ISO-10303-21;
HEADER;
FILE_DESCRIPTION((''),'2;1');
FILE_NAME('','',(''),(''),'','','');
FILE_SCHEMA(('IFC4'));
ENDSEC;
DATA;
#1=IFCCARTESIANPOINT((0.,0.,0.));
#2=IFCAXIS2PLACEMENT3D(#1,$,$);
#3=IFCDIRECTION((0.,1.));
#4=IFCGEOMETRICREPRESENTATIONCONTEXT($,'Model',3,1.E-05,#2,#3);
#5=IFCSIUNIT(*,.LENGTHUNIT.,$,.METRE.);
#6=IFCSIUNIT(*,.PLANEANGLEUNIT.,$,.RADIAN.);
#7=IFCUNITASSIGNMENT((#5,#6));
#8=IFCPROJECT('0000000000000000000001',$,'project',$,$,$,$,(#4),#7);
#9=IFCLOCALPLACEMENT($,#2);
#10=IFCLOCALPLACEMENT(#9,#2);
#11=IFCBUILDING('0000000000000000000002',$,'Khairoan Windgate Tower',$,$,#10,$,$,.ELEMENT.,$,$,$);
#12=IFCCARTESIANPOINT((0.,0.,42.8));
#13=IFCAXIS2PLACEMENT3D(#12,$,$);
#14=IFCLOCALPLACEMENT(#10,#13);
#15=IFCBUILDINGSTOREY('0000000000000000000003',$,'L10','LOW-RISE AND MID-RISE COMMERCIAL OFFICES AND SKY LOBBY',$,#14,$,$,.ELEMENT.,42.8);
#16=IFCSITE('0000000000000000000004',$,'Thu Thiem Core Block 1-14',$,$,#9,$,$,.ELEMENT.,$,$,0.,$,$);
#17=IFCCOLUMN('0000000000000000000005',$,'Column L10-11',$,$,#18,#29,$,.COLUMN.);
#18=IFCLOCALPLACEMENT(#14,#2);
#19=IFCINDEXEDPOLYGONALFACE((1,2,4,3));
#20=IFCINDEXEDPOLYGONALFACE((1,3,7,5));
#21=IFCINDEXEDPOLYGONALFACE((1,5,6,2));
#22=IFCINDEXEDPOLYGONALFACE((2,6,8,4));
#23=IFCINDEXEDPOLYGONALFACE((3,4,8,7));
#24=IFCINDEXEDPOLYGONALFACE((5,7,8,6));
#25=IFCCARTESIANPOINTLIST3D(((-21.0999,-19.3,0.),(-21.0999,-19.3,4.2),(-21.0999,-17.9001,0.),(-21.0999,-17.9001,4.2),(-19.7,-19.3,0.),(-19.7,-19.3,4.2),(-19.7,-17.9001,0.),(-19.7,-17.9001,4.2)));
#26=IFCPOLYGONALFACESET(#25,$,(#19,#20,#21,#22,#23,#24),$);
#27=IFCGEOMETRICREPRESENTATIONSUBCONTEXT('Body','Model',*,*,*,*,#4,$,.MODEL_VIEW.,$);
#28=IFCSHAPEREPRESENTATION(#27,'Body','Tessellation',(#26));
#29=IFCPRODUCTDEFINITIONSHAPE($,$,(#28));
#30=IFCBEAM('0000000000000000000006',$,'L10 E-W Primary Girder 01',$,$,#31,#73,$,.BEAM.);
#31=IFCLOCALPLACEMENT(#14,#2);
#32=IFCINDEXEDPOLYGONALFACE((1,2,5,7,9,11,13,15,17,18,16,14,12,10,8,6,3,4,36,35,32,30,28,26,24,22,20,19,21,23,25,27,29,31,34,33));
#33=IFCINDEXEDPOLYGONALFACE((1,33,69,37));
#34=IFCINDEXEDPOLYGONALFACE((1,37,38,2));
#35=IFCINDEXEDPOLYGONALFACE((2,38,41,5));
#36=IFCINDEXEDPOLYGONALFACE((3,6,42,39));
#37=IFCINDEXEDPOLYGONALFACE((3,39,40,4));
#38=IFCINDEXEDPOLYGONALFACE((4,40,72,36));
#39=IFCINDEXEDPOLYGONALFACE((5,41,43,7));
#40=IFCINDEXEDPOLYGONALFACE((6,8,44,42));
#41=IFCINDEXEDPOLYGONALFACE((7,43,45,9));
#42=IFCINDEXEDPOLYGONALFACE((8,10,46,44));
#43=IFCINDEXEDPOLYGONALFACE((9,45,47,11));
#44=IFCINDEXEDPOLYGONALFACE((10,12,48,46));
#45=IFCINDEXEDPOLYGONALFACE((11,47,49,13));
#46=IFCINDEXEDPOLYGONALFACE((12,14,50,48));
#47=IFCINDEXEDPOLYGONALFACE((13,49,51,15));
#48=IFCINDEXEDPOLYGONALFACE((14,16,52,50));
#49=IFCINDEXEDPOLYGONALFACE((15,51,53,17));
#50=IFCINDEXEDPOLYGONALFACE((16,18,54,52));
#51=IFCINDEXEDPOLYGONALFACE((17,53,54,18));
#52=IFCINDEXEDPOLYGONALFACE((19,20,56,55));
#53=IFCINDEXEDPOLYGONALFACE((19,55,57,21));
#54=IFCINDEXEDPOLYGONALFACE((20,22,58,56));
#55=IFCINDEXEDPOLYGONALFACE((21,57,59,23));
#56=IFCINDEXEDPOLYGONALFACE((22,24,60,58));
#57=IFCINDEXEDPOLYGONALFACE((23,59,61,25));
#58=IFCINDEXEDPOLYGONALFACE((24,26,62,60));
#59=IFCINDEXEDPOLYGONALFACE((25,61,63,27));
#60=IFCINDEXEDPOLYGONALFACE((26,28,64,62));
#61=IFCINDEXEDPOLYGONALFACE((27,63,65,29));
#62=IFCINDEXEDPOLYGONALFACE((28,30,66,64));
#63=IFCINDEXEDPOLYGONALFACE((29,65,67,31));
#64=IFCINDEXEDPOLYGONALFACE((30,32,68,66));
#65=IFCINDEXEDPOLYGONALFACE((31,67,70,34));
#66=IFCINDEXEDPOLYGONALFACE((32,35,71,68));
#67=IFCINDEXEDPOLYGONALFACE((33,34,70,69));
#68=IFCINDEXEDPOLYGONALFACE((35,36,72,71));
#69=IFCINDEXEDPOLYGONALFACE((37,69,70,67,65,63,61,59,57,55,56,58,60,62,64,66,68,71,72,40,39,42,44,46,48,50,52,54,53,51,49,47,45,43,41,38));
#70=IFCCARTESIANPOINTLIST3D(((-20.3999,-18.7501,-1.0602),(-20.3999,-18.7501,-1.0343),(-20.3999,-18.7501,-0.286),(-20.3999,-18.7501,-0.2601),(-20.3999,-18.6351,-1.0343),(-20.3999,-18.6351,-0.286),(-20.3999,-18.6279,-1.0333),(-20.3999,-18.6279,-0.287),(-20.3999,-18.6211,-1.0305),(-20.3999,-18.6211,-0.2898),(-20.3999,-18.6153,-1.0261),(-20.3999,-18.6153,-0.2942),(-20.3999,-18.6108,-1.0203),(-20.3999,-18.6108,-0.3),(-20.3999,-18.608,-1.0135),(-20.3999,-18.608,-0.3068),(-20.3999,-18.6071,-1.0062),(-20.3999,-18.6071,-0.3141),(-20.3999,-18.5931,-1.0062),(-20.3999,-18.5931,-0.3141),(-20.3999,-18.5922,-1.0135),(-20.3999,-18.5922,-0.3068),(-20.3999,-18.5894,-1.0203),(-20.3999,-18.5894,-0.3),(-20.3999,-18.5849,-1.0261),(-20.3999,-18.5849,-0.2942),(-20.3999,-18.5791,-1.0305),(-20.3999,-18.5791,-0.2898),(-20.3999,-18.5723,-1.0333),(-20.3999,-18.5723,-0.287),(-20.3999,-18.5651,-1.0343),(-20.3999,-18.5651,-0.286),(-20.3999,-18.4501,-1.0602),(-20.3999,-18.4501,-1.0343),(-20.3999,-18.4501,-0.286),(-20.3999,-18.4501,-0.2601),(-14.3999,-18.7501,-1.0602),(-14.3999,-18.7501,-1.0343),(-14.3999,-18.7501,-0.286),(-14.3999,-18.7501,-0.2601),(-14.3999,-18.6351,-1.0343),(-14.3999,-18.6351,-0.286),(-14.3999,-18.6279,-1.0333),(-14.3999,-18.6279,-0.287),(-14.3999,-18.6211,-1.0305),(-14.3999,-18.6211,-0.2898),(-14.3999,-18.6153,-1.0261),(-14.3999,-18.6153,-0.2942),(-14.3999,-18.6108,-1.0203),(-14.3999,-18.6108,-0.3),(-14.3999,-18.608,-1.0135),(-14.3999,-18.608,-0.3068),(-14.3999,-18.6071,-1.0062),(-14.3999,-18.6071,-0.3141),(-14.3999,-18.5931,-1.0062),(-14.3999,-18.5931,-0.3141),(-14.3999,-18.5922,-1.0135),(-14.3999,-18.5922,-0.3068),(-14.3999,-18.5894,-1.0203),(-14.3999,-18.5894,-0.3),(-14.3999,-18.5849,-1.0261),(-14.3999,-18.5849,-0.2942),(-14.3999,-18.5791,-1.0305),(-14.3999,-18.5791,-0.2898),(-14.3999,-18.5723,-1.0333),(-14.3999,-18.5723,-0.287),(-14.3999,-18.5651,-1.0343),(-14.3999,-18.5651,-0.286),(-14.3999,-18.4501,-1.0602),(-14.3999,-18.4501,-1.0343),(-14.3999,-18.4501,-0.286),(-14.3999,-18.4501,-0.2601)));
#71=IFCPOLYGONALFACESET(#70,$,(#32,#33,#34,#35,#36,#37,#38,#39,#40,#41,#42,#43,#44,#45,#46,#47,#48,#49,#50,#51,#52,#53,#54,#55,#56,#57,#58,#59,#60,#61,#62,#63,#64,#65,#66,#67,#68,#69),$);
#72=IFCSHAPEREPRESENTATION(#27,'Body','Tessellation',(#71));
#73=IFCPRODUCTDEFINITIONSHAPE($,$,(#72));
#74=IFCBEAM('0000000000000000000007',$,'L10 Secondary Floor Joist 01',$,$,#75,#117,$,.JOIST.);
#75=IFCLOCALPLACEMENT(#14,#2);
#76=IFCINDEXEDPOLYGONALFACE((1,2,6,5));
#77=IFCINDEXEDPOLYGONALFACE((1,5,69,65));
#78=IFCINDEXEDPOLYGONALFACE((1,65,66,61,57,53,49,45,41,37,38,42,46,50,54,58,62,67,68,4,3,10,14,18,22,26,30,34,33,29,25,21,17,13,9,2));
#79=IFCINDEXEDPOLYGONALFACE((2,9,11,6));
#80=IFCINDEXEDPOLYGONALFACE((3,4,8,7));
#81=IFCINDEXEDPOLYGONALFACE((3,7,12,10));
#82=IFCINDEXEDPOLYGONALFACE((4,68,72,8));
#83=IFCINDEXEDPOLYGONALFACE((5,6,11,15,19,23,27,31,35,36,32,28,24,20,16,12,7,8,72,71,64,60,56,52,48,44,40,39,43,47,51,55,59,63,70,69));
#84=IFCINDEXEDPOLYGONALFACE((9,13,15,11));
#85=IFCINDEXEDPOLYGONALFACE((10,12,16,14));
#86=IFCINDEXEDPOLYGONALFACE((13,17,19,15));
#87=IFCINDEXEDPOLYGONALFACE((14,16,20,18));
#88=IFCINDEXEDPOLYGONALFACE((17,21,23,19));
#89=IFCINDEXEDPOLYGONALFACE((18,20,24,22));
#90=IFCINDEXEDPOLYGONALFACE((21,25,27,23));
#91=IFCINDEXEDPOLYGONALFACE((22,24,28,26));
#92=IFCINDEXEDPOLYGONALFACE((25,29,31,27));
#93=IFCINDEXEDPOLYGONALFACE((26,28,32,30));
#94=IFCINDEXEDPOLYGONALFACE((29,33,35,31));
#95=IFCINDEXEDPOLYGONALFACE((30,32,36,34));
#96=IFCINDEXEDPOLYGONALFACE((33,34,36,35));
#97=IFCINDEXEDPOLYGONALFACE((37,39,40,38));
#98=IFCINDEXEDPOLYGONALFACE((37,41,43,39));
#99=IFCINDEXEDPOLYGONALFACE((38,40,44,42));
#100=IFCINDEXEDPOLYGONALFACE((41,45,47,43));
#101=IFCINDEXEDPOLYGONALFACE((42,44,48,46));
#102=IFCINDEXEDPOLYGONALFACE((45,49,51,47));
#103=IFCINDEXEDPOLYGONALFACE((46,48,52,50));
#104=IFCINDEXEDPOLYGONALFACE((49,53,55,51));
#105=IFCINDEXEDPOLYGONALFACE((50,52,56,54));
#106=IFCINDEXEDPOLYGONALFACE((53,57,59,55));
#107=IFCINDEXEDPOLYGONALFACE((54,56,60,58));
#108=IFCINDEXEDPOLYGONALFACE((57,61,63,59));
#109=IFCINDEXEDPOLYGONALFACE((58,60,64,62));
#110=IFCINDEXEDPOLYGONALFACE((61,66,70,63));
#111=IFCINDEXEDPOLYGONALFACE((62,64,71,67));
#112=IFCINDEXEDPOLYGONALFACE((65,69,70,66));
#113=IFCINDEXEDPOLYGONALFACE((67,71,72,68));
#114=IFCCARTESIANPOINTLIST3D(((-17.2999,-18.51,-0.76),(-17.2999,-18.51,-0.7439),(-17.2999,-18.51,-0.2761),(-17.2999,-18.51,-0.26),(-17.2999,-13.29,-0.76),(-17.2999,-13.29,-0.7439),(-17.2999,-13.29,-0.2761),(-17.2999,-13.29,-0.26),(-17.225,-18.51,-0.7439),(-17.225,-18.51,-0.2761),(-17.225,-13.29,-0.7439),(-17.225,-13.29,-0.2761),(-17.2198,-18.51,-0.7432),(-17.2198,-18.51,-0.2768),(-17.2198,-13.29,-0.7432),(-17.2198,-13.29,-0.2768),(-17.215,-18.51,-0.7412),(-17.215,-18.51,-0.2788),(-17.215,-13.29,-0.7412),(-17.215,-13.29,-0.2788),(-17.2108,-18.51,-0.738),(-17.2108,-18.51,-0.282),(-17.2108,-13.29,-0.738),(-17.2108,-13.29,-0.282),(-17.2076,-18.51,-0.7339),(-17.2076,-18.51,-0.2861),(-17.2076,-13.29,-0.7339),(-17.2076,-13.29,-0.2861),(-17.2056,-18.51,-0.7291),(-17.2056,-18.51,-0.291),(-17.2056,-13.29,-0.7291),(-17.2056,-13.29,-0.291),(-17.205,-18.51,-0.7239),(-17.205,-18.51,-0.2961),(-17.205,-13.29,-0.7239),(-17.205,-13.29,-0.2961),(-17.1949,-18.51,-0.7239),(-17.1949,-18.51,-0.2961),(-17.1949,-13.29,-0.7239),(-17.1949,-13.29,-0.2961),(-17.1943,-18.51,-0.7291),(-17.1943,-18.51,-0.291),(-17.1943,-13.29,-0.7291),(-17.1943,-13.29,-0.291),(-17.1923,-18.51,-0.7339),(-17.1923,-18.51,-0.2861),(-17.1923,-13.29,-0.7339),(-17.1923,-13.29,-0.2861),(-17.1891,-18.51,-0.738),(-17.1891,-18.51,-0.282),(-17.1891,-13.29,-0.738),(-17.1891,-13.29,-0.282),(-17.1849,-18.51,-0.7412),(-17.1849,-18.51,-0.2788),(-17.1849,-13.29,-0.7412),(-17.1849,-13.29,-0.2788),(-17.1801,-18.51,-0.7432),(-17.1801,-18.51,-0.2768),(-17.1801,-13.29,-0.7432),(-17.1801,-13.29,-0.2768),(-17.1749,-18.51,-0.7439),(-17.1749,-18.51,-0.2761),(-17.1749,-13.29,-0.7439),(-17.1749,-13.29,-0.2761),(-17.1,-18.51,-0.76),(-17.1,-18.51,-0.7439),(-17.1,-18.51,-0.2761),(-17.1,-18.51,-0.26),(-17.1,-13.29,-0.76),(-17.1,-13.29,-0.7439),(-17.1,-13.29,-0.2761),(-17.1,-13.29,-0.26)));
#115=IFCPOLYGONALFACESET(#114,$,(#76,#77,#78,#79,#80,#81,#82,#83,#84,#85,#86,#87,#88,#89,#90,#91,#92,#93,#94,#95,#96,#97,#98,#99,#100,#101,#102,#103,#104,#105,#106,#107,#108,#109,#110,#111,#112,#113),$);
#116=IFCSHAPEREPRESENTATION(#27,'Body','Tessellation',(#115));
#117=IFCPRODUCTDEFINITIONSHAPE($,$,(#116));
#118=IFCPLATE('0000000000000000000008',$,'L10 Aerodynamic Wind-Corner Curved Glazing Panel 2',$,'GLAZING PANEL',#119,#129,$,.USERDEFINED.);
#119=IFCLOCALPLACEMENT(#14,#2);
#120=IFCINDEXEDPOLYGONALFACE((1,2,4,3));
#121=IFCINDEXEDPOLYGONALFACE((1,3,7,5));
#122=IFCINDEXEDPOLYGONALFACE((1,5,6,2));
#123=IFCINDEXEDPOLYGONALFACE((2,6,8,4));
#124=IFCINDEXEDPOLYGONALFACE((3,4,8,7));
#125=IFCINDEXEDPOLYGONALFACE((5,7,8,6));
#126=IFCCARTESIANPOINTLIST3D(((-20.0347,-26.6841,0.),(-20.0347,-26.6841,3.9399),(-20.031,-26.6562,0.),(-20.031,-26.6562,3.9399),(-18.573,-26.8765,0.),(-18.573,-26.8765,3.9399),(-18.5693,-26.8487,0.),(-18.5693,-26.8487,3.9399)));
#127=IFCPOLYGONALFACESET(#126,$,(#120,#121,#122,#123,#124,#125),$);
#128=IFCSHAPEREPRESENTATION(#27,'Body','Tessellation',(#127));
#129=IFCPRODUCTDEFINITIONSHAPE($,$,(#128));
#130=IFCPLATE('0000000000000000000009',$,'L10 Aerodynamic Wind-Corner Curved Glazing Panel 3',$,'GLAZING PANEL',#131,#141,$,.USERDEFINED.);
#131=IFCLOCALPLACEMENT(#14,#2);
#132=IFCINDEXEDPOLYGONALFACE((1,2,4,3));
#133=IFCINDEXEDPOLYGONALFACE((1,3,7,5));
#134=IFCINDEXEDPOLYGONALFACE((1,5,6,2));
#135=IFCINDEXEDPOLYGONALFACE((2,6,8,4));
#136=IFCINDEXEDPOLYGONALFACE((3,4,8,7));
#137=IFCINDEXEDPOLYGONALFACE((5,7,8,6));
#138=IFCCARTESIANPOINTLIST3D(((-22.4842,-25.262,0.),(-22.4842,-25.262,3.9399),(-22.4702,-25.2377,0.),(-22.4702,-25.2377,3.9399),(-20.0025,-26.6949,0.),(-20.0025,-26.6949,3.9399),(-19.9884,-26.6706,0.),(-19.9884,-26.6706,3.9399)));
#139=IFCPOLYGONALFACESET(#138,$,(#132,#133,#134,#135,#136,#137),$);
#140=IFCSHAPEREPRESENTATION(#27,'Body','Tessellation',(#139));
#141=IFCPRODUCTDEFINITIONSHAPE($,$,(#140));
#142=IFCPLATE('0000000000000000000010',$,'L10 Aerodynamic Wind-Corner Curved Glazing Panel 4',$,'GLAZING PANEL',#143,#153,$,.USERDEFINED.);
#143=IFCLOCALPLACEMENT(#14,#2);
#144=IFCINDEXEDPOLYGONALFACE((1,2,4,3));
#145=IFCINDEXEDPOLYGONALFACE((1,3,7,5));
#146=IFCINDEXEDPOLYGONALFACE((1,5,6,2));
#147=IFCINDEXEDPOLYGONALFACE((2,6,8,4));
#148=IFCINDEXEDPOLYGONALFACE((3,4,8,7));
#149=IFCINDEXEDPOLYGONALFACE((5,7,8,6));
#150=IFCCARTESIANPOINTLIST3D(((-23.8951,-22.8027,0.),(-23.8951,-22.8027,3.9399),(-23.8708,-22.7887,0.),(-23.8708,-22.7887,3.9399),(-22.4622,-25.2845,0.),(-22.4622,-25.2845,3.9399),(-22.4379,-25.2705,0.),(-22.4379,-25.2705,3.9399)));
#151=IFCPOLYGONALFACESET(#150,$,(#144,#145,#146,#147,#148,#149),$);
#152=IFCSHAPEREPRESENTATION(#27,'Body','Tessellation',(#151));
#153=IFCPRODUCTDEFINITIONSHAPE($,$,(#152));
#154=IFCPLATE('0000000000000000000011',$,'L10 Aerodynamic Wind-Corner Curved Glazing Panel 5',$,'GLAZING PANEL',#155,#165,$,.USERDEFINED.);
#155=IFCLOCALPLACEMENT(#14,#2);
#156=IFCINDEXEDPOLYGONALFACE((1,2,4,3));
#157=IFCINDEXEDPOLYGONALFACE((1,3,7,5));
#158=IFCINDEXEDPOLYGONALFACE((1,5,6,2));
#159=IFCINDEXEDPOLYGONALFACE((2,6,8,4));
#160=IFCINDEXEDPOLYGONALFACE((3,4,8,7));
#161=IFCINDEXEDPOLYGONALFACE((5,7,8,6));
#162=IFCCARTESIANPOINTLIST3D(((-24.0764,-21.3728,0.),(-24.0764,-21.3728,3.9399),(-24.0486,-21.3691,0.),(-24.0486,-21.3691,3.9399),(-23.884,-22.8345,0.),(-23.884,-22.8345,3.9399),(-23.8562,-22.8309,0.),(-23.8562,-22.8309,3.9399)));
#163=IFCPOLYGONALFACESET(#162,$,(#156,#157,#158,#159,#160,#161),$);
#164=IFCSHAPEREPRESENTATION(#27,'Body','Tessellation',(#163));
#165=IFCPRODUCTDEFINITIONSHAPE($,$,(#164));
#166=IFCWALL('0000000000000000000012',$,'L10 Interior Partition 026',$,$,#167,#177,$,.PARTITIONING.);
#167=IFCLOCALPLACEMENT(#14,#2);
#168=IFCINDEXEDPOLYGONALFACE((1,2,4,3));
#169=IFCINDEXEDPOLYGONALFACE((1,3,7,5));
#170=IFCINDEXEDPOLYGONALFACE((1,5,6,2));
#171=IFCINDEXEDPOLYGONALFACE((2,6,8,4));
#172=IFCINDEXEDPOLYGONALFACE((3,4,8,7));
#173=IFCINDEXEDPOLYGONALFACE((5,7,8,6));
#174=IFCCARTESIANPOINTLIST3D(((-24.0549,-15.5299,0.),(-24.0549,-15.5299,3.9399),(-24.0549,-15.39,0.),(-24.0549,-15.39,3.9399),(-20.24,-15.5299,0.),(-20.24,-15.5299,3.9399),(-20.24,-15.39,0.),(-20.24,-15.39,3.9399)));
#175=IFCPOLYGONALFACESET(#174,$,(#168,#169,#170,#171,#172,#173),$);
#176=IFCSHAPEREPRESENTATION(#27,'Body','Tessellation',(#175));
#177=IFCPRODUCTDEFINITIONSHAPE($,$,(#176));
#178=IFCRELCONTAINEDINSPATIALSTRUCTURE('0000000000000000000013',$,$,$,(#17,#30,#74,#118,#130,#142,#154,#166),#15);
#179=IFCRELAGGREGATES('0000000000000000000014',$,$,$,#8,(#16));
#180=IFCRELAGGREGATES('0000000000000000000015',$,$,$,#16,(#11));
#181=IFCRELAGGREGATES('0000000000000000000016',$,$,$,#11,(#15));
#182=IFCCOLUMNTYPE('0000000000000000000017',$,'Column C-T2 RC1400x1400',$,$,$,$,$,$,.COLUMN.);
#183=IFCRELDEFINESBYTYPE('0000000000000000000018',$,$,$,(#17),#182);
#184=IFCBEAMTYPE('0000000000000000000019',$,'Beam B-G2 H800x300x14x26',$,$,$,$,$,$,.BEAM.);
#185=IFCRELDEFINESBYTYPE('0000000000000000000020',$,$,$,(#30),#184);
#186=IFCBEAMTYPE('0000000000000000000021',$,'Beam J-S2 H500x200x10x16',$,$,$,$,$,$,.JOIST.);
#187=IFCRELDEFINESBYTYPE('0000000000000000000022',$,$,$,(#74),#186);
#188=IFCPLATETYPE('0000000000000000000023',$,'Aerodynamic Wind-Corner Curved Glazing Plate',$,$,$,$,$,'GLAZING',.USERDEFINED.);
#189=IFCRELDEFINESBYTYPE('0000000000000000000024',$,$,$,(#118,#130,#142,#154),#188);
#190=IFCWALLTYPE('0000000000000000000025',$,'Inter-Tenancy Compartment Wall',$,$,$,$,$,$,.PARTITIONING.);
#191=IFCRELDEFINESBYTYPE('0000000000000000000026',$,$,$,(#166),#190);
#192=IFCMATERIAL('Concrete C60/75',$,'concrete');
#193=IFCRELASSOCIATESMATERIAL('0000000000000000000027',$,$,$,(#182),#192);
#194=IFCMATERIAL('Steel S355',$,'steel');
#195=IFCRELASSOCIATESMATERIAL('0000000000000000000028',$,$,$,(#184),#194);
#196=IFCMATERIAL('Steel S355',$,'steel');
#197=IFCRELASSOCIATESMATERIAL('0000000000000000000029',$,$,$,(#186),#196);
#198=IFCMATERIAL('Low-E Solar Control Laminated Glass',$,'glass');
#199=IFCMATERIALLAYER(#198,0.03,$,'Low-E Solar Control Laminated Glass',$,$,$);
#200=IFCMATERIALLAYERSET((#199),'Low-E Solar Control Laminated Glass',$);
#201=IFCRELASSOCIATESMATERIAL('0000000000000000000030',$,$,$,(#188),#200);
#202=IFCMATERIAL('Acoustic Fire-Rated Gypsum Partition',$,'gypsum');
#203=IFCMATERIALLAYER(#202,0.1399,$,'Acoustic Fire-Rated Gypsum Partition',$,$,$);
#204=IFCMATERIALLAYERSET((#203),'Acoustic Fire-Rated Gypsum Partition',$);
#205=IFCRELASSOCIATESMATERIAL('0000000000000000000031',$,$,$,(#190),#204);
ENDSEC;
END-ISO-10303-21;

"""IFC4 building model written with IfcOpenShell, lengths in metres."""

from ifc_helpers import new_model, si_unit, direction, frame, frame_2d, origin, origin_2d, place, context, subcontext, project, spatial, rectangle, i_section, extrude, material, layer, layer_set, material_profile, profile_set, type_object, element, save


model = new_model("IFC4")

# Units and contexts
model_context = context("Model", 3, precision=1e-05, world=origin(), true_north=direction((0.0, 1.0)))
body_context = subcontext(model_context, "Body", "Model", "MODEL_VIEW")
ifc_project = project(units=[si_unit("LENGTHUNIT", "METRE"), si_unit("PLANEANGLEUNIT", "RADIAN")], contexts=[model_context])

# Site, building, storey
site_placement = place(None, origin())
site = spatial("IfcSite", under=ifc_project, at=site_placement, Name="Thu Thiem Core Block 1-14", CompositionType="ELEMENT", RefElevation=0.0)
building_placement = place(site_placement, origin())
building = spatial("IfcBuilding", under=site, at=building_placement, Name="Khairoan Windgate Tower", CompositionType="ELEMENT")
storey_placement = place(building_placement, frame((0.0, 0.0, 42.8)))
storey = spatial("IfcBuildingStorey", under=building, at=storey_placement, Name="L10", Description="LOW-RISE AND MID-RISE COMMERCIAL OFFICES AND SKY LOBBY", CompositionType="ELEMENT", Elevation=42.8)

# Column
ifc_material_1 = material(Name="Concrete C60/75", Category="concrete")
ifc_material_profile_1 = material_profile(ifc_material_1, rectangle(XDim=1.3999, YDim=1.3999, at=origin_2d()))
ifc_profile_set_1 = profile_set([ifc_material_profile_1], Name="Concrete C60/75")
column_type = type_object("IfcColumnType", Name="Column C-T2 RC1400x1400", PredefinedType="COLUMN", material=ifc_profile_set_1)
column_placement = place(storey_placement, frame((-20.3999, -18.6001, 0.0), z_axis=(0.0, 0.0, 1.0), x_axis=(1.0, 0.0, 0.0)))
element("IfcColumn", 1, at=column_placement, inside=storey, type_object=column_type, Name="Column L10-11", PredefinedType="COLUMN", context=body_context, shape_type="SweptSolid", body=[
    extrude(rectangle(XDim=1.3999, YDim=1.3999, at=origin_2d()), origin(), (0.0, 0.0, 1.0), 4.2),
])

# Beams
ifc_material_2 = material(Name="Steel S355", Category="steel")
ifc_material_profile_2 = material_profile(ifc_material_2, i_section(OverallWidth=0.3, OverallDepth=0.8, WebThickness=0.0139, FlangeThickness=0.0259, FilletRadius=0.0281, at=origin_2d()))
ifc_profile_set_2 = profile_set([ifc_material_profile_2], Name="Steel S355")
beam_type_1 = type_object("IfcBeamType", Name="Beam B-G2 H800x300x14x26", PredefinedType="BEAM", material=ifc_profile_set_2)
beam_1_placement = place(storey_placement, frame((-20.3999, -18.6001, -0.6602), z_axis=(1.0, 0.0, 0.0), x_axis=(0.0, 1.0, 0.0)))
element("IfcBeam", 2, at=beam_1_placement, inside=storey, type_object=beam_type_1, Name="L10 E-W Primary Girder 01", PredefinedType="BEAM", context=body_context, shape_type="SweptSolid", body=[
    extrude(i_section(OverallWidth=0.3, OverallDepth=0.8, WebThickness=0.0139, FlangeThickness=0.0259, FilletRadius=0.0281, at=origin_2d()), origin(), (0.0, 0.0, 1.0), 6.0),
])
ifc_material_3 = material(Name="Steel S355", Category="steel")
ifc_material_profile_3 = material_profile(ifc_material_3, i_section(OverallWidth=0.2, OverallDepth=0.5, WebThickness=0.01, FlangeThickness=0.0161, FilletRadius=0.02, at=origin_2d()))
ifc_profile_set_3 = profile_set([ifc_material_profile_3], Name="Steel S355")
beam_type_2 = type_object("IfcBeamType", Name="Beam J-S2 H500x200x10x16", PredefinedType="JOIST", material=ifc_profile_set_3)
beam_2_placement = place(storey_placement, frame((-17.2, -18.51, -0.51), z_axis=(0.0, 1.0, 0.0), x_axis=(-1.0, 0.0, 0.0)))
element("IfcBeam", 3, at=beam_2_placement, inside=storey, type_object=beam_type_2, Name="L10 Secondary Floor Joist 01", PredefinedType="JOIST", context=body_context, shape_type="SweptSolid", body=[
    extrude(i_section(OverallWidth=0.2, OverallDepth=0.5, WebThickness=0.01, FlangeThickness=0.0161, FilletRadius=0.02, at=origin_2d()), origin(), (0.0, 0.0, 1.0), 5.22),
])

# Plates
ifc_material_4 = material(Name="Low-E Solar Control Laminated Glass", Category="glass")
ifc_layer_1 = layer(ifc_material_4, 0.03, Name="Low-E Solar Control Laminated Glass")
ifc_layer_set_1 = layer_set([ifc_layer_1], Name="Low-E Solar Control Laminated Glass")
plate_type_1 = type_object("IfcPlateType", Name="Aerodynamic Wind-Corner Curved Glazing Plate", ElementType="GLAZING", PredefinedType="USERDEFINED", material=ifc_layer_set_1)
plate_1_placement = place(storey_placement, frame((-19.302, -26.7664, 0.0), z_axis=(0.0, 0.0, 1.0), x_axis=(-0.991445, 0.130526, 0.0)))
element("IfcPlate", 4, at=plate_1_placement, inside=storey, type_object=plate_type_1, Name="L10 Aerodynamic Wind-Corner Curved Glazing Panel 2", ObjectType="GLAZING PANEL", PredefinedType="USERDEFINED", context=body_context, shape_type="SweptSolid", body=[
    extrude(rectangle(XDim=1.4744, YDim=0.0281, at=origin_2d()), origin(), (0.0, 0.0, 1.0), 3.9399),
])
for number, where, z_axis, x_axis, name in (
    (5, (-21.2363, -25.9663, 0.0), (0.0, 0.0, 1.0), (-0.866025, 0.5, 0.0), "L10 Aerodynamic Wind-Corner Curved Glazing Panel 3"),
    (6, (-23.1665, -24.0366, 0.0), (0.0, 0.0, 1.0), (-0.5, 0.866025, 0.0), "L10 Aerodynamic Wind-Corner Curved Glazing Panel 4"),
):
    element("IfcPlate", number, at=place(storey_placement, frame(where, z_axis=z_axis, x_axis=x_axis)), inside=storey, type_object=plate_type_1, Name=name, ObjectType="GLAZING PANEL", PredefinedType="USERDEFINED", context=body_context, shape_type="SweptSolid", body=[
        extrude(rectangle(XDim=2.8657, YDim=0.0281, at=origin_2d()), origin(), (0.0, 0.0, 1.0), 3.9399),
    ])
plate_2_placement = place(storey_placement, frame((-23.9663, -22.1018, 0.0), z_axis=(0.0, 0.0, 1.0), x_axis=(-0.130526, 0.991445, 0.0)))
element("IfcPlate", 7, at=plate_2_placement, inside=storey, type_object=plate_type_1, Name="L10 Aerodynamic Wind-Corner Curved Glazing Panel 5", ObjectType="GLAZING PANEL", PredefinedType="USERDEFINED", context=body_context, shape_type="SweptSolid", body=[
    extrude(rectangle(XDim=1.4744, YDim=0.0281, at=origin_2d()), origin(), (0.0, 0.0, 1.0), 3.9399),
])

# Wall
ifc_material_5 = material(Name="Acoustic Fire-Rated Gypsum Partition", Category="gypsum")
ifc_layer_2 = layer(ifc_material_5, 0.1399, Name="Acoustic Fire-Rated Gypsum Partition")
ifc_layer_set_2 = layer_set([ifc_layer_2], Name="Acoustic Fire-Rated Gypsum Partition")
wall_type = type_object("IfcWallType", Name="Inter-Tenancy Compartment Wall", PredefinedType="PARTITIONING", material=ifc_layer_set_2)
wall_placement = place(storey_placement, frame((-24.0549, -15.46, 0.0), z_axis=(0.0, 0.0, 1.0), x_axis=(1.0, 0.0, 0.0)))
element("IfcWall", 8, at=wall_placement, inside=storey, type_object=wall_type, Name="L10 Interior Partition 026", PredefinedType="PARTITIONING", context=body_context, shape_type="SweptSolid", body=[
    extrude(rectangle(XDim=3.8149, YDim=0.1399, at=frame_2d((1.9075, 0.0))), origin(), (0.0, 0.0, 1.0), 3.9399),
])

save(model, "model.ifc")
